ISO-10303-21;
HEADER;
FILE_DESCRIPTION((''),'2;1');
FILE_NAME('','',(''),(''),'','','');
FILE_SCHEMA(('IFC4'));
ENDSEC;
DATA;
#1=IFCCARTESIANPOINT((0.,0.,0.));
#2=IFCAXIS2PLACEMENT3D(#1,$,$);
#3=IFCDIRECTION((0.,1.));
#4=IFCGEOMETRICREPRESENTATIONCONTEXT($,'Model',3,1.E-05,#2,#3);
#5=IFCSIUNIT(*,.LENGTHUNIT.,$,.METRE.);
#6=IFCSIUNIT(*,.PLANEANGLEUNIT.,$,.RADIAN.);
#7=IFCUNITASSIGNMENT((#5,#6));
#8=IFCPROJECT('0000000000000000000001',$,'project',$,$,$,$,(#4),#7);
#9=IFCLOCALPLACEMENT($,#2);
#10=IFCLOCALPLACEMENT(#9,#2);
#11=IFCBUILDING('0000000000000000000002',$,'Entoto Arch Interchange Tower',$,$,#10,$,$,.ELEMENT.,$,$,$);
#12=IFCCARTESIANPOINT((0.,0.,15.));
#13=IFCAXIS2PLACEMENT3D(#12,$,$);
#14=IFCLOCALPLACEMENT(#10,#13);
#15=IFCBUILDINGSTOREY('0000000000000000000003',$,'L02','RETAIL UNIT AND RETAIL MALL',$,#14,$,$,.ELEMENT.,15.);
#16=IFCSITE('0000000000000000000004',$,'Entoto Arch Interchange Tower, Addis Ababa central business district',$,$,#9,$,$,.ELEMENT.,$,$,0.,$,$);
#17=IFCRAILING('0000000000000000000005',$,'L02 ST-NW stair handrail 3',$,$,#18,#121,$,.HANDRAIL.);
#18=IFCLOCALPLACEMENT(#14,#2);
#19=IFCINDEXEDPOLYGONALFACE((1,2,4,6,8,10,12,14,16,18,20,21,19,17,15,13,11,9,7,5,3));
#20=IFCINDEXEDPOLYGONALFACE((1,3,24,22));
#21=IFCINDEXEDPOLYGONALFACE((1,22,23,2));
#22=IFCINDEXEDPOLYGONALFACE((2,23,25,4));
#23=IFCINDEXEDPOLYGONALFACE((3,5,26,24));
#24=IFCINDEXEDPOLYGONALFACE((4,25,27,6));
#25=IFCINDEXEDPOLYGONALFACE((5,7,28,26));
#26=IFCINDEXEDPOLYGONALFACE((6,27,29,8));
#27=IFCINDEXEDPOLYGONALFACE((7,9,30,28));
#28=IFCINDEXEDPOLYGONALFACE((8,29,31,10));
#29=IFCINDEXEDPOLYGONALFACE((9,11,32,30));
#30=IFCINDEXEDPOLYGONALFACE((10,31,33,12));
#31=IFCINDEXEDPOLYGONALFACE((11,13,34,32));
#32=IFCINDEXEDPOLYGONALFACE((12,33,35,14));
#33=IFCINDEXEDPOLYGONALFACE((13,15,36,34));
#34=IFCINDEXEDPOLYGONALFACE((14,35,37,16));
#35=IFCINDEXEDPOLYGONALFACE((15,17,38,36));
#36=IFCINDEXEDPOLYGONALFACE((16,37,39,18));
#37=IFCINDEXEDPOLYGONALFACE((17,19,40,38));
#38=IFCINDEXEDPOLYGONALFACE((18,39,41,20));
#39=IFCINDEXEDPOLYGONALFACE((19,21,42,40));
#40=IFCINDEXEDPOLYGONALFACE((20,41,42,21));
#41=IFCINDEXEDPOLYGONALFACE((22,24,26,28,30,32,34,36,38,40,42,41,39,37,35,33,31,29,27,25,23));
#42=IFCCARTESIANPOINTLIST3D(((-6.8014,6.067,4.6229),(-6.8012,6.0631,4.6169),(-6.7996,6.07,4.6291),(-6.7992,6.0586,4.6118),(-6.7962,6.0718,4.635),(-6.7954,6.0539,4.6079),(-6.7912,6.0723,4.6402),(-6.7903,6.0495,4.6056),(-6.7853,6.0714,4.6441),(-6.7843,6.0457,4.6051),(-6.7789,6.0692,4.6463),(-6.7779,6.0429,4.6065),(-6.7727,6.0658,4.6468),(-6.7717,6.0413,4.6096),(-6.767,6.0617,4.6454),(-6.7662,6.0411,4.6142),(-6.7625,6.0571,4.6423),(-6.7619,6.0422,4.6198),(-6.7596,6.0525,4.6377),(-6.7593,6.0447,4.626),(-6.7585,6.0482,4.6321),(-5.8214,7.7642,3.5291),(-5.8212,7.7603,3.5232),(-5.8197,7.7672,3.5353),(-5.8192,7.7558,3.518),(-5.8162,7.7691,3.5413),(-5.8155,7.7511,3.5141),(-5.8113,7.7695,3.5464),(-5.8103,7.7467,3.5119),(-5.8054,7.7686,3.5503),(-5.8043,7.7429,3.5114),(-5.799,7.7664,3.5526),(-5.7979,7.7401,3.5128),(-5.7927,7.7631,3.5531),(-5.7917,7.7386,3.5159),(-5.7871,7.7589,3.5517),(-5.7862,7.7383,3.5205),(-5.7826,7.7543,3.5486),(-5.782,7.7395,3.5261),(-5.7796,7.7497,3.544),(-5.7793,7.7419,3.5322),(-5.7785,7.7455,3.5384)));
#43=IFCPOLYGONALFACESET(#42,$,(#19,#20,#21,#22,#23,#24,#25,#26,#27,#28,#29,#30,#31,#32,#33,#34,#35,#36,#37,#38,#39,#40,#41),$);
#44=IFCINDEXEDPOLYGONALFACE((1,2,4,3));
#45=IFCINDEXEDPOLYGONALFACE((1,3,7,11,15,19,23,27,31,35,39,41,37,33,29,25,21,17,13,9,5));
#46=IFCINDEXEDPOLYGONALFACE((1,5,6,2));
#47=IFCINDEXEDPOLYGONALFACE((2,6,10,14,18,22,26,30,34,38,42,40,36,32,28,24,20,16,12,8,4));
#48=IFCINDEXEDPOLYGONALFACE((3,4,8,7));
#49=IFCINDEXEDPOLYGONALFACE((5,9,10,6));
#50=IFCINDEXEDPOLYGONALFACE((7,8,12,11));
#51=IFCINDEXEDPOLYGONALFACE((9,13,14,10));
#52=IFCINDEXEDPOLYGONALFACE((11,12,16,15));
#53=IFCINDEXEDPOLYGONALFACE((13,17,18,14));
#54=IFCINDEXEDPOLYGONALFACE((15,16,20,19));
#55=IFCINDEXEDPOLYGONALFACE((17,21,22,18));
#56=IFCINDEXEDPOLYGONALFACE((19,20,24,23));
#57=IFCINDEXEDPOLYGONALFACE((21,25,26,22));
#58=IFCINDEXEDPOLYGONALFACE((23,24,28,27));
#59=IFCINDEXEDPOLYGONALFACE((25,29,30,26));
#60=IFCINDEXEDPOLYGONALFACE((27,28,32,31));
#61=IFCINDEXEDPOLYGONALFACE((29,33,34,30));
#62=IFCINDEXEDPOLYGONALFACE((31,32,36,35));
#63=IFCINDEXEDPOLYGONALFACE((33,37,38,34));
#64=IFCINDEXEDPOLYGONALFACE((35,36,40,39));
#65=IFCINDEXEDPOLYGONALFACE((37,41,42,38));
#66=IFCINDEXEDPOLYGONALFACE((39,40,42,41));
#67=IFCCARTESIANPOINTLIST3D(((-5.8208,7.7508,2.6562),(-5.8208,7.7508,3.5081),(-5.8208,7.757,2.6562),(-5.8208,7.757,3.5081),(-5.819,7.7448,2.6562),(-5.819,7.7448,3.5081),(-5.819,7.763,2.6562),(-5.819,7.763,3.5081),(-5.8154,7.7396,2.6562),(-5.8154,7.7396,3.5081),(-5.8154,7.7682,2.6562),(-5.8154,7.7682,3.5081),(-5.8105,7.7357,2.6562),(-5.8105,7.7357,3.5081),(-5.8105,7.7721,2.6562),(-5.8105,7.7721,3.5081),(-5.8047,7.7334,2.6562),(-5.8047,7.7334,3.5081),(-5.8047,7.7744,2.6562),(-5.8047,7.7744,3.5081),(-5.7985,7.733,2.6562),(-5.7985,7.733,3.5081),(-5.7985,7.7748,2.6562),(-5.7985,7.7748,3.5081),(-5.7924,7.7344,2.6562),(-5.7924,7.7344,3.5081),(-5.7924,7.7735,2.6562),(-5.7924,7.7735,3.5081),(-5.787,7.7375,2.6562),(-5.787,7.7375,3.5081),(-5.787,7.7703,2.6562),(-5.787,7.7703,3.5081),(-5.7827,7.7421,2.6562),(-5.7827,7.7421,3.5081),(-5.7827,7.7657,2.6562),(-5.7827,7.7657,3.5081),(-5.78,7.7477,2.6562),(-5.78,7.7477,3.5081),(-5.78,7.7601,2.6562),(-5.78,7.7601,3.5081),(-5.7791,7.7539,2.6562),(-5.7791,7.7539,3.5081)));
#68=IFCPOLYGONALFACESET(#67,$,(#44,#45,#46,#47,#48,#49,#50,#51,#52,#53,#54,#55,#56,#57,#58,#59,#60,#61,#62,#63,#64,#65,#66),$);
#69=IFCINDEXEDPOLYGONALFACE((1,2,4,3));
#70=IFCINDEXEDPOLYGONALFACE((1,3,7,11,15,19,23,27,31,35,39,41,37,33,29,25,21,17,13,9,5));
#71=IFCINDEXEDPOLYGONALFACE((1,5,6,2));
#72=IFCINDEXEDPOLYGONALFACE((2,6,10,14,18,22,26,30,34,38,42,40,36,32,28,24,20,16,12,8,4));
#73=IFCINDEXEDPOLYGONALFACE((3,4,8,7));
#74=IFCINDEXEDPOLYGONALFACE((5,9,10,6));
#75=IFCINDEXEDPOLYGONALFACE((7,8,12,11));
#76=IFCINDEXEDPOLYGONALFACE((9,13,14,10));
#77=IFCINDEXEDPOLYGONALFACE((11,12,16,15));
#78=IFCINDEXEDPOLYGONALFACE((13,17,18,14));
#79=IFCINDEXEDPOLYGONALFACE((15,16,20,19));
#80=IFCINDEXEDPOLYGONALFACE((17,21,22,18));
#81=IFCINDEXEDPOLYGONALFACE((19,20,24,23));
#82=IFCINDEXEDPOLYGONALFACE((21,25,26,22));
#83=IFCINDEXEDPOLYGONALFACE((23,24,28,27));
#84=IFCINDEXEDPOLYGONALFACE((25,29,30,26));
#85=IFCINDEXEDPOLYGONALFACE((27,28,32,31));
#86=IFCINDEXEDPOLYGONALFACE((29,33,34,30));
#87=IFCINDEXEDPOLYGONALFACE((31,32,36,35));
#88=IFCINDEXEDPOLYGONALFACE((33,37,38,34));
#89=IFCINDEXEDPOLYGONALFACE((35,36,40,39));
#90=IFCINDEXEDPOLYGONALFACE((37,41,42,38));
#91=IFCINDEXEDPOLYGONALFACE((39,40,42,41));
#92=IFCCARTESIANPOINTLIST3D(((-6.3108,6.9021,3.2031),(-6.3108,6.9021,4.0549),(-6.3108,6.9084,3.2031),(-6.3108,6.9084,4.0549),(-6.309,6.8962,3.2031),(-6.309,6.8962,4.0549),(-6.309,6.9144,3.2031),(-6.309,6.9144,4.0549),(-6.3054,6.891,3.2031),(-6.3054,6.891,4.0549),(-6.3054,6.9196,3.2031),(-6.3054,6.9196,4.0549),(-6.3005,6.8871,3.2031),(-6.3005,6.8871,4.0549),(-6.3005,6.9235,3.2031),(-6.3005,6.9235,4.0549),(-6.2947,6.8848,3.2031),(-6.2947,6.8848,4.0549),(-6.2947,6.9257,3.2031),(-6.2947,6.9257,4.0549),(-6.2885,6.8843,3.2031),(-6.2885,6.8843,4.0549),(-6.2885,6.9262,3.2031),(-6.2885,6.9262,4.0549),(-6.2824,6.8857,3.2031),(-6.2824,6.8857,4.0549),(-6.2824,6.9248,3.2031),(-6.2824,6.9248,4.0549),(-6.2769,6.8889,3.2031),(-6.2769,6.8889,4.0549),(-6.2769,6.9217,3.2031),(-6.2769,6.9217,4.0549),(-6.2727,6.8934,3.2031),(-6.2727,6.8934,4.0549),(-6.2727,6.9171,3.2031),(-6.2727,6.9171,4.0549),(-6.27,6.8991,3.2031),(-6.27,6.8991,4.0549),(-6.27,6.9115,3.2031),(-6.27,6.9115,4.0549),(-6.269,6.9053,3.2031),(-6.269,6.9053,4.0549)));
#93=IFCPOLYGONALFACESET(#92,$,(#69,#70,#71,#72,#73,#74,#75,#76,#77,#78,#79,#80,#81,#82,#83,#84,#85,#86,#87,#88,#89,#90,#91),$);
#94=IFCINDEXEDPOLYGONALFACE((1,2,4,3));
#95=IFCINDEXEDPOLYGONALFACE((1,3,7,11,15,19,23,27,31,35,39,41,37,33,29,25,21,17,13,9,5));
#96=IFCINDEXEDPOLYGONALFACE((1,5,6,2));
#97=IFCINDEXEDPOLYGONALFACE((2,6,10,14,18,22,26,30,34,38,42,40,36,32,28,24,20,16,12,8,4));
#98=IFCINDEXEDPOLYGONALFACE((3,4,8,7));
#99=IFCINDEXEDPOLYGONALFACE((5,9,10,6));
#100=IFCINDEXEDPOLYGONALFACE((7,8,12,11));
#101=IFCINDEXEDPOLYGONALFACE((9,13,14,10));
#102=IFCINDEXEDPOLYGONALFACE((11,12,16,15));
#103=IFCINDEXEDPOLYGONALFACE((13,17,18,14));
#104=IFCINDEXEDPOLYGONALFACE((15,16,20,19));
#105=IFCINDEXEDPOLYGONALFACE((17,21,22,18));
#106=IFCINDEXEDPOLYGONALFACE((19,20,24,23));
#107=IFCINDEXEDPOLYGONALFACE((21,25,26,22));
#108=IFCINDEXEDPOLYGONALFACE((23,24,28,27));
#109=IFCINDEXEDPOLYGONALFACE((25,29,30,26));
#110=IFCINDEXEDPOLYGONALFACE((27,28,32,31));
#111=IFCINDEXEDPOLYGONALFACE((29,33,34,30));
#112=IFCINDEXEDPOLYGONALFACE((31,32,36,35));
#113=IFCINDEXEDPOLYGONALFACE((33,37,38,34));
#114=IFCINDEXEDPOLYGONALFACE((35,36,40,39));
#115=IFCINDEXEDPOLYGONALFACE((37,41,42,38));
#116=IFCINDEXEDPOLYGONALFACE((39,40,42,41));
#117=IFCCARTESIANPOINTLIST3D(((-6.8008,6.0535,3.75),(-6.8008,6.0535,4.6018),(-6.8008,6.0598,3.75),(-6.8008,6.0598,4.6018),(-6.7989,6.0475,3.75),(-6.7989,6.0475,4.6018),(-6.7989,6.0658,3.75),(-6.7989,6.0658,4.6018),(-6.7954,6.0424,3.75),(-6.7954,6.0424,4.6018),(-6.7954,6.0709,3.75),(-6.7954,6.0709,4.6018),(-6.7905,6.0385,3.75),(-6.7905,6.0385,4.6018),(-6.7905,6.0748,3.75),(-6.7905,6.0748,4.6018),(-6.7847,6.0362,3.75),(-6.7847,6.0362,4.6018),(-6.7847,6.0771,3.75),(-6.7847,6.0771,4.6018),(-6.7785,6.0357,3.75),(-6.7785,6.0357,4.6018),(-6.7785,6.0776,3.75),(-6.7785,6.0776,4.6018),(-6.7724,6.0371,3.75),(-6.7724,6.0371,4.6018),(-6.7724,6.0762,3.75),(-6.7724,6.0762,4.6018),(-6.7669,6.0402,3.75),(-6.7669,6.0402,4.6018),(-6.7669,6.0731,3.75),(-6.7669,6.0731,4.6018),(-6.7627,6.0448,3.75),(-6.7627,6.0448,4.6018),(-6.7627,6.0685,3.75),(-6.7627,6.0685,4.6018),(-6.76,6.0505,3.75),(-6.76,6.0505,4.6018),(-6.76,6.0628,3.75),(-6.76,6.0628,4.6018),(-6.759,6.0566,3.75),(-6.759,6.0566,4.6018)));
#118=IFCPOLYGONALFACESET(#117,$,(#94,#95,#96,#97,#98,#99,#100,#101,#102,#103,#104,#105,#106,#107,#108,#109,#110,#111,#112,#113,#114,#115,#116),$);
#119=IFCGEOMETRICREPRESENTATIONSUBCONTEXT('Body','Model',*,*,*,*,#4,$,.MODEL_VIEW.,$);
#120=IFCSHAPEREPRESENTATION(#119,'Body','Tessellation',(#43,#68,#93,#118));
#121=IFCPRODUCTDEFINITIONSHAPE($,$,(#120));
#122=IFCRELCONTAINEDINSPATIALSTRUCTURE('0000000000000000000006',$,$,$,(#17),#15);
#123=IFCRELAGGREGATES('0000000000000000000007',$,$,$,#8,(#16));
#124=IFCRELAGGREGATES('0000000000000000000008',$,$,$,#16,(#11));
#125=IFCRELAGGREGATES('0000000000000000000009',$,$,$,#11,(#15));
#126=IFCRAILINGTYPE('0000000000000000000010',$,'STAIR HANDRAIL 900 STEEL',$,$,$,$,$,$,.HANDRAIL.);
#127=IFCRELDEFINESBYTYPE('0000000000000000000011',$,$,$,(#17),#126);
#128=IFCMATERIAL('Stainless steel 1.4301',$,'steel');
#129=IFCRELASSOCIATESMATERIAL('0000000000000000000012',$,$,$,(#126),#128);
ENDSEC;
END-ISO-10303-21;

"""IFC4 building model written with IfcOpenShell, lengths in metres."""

from ifc_helpers import new_model, si_unit, direction, frame, origin, origin_2d, place, context, subcontext, project, spatial, circle, extrude, material, type_object, element, save


model = new_model("IFC4")

# Units and contexts
model_context = context("Model", 3, precision=1e-05, world=origin(), true_north=direction((0.0, 1.0)))
body_context = subcontext(model_context, "Body", "Model", "MODEL_VIEW")
ifc_project = project(units=[si_unit("LENGTHUNIT", "METRE"), si_unit("PLANEANGLEUNIT", "RADIAN")], contexts=[model_context])

# Site, building, storey
site_placement = place(None, origin())
site = spatial("IfcSite", under=ifc_project, at=site_placement, Name="Entoto Arch Interchange Tower, Addis Ababa central business district", CompositionType="ELEMENT", RefElevation=0.0)
building_placement = place(site_placement, origin())
building = spatial("IfcBuilding", under=site, at=building_placement, Name="Entoto Arch Interchange Tower", CompositionType="ELEMENT")
storey_placement = place(building_placement, frame((0.0, 0.0, 15.0)))
storey = spatial("IfcBuildingStorey", under=building, at=storey_placement, Name="L02", Description="RETAIL UNIT AND RETAIL MALL", CompositionType="ELEMENT", Elevation=15.0)

# Railing
ifc_material_1 = material(Name="Stainless steel 1.4301", Category="steel")
railing_type = type_object("IfcRailingType", Name="STAIR HANDRAIL 900 STEEL", PredefinedType="HANDRAIL", material=ifc_material_1)
for number, where, name in (
    (1, (-5.8, 7.7539, 2.6562), "L02 ST-NW stair handrail 3"),
):
    element("IfcRailing", number, at=place(storey_placement, frame(where)), inside=storey, type_object=railing_type, Name=name, PredefinedType="HANDRAIL", context=body_context, shape_type="SweptSolid", body=[
        extrude(circle(Radius=0.0239, at=origin_2d()), frame((0.0, 0.0, 0.876), z_axis=(-0.436632, -0.75622, 0.487323), x_axis=(0.866011, -0.500024, 0.0)), (0.0, 0.0, 1.0), 2.2444),
        extrude(circle(Radius=0.021, at=origin_2d()), origin(), (0.0, 0.0, 1.0), 0.8518),
        extrude(circle(Radius=0.021, at=origin_2d()), frame((-0.49, -0.8486, 0.5469)), (0.0, 0.0, 1.0), 0.8518),
        extrude(circle(Radius=0.021, at=origin_2d()), frame((-0.98, -1.6973, 1.0938)), (0.0, 0.0, 1.0), 0.8518),
    ])

save(model, "model.ifc")
